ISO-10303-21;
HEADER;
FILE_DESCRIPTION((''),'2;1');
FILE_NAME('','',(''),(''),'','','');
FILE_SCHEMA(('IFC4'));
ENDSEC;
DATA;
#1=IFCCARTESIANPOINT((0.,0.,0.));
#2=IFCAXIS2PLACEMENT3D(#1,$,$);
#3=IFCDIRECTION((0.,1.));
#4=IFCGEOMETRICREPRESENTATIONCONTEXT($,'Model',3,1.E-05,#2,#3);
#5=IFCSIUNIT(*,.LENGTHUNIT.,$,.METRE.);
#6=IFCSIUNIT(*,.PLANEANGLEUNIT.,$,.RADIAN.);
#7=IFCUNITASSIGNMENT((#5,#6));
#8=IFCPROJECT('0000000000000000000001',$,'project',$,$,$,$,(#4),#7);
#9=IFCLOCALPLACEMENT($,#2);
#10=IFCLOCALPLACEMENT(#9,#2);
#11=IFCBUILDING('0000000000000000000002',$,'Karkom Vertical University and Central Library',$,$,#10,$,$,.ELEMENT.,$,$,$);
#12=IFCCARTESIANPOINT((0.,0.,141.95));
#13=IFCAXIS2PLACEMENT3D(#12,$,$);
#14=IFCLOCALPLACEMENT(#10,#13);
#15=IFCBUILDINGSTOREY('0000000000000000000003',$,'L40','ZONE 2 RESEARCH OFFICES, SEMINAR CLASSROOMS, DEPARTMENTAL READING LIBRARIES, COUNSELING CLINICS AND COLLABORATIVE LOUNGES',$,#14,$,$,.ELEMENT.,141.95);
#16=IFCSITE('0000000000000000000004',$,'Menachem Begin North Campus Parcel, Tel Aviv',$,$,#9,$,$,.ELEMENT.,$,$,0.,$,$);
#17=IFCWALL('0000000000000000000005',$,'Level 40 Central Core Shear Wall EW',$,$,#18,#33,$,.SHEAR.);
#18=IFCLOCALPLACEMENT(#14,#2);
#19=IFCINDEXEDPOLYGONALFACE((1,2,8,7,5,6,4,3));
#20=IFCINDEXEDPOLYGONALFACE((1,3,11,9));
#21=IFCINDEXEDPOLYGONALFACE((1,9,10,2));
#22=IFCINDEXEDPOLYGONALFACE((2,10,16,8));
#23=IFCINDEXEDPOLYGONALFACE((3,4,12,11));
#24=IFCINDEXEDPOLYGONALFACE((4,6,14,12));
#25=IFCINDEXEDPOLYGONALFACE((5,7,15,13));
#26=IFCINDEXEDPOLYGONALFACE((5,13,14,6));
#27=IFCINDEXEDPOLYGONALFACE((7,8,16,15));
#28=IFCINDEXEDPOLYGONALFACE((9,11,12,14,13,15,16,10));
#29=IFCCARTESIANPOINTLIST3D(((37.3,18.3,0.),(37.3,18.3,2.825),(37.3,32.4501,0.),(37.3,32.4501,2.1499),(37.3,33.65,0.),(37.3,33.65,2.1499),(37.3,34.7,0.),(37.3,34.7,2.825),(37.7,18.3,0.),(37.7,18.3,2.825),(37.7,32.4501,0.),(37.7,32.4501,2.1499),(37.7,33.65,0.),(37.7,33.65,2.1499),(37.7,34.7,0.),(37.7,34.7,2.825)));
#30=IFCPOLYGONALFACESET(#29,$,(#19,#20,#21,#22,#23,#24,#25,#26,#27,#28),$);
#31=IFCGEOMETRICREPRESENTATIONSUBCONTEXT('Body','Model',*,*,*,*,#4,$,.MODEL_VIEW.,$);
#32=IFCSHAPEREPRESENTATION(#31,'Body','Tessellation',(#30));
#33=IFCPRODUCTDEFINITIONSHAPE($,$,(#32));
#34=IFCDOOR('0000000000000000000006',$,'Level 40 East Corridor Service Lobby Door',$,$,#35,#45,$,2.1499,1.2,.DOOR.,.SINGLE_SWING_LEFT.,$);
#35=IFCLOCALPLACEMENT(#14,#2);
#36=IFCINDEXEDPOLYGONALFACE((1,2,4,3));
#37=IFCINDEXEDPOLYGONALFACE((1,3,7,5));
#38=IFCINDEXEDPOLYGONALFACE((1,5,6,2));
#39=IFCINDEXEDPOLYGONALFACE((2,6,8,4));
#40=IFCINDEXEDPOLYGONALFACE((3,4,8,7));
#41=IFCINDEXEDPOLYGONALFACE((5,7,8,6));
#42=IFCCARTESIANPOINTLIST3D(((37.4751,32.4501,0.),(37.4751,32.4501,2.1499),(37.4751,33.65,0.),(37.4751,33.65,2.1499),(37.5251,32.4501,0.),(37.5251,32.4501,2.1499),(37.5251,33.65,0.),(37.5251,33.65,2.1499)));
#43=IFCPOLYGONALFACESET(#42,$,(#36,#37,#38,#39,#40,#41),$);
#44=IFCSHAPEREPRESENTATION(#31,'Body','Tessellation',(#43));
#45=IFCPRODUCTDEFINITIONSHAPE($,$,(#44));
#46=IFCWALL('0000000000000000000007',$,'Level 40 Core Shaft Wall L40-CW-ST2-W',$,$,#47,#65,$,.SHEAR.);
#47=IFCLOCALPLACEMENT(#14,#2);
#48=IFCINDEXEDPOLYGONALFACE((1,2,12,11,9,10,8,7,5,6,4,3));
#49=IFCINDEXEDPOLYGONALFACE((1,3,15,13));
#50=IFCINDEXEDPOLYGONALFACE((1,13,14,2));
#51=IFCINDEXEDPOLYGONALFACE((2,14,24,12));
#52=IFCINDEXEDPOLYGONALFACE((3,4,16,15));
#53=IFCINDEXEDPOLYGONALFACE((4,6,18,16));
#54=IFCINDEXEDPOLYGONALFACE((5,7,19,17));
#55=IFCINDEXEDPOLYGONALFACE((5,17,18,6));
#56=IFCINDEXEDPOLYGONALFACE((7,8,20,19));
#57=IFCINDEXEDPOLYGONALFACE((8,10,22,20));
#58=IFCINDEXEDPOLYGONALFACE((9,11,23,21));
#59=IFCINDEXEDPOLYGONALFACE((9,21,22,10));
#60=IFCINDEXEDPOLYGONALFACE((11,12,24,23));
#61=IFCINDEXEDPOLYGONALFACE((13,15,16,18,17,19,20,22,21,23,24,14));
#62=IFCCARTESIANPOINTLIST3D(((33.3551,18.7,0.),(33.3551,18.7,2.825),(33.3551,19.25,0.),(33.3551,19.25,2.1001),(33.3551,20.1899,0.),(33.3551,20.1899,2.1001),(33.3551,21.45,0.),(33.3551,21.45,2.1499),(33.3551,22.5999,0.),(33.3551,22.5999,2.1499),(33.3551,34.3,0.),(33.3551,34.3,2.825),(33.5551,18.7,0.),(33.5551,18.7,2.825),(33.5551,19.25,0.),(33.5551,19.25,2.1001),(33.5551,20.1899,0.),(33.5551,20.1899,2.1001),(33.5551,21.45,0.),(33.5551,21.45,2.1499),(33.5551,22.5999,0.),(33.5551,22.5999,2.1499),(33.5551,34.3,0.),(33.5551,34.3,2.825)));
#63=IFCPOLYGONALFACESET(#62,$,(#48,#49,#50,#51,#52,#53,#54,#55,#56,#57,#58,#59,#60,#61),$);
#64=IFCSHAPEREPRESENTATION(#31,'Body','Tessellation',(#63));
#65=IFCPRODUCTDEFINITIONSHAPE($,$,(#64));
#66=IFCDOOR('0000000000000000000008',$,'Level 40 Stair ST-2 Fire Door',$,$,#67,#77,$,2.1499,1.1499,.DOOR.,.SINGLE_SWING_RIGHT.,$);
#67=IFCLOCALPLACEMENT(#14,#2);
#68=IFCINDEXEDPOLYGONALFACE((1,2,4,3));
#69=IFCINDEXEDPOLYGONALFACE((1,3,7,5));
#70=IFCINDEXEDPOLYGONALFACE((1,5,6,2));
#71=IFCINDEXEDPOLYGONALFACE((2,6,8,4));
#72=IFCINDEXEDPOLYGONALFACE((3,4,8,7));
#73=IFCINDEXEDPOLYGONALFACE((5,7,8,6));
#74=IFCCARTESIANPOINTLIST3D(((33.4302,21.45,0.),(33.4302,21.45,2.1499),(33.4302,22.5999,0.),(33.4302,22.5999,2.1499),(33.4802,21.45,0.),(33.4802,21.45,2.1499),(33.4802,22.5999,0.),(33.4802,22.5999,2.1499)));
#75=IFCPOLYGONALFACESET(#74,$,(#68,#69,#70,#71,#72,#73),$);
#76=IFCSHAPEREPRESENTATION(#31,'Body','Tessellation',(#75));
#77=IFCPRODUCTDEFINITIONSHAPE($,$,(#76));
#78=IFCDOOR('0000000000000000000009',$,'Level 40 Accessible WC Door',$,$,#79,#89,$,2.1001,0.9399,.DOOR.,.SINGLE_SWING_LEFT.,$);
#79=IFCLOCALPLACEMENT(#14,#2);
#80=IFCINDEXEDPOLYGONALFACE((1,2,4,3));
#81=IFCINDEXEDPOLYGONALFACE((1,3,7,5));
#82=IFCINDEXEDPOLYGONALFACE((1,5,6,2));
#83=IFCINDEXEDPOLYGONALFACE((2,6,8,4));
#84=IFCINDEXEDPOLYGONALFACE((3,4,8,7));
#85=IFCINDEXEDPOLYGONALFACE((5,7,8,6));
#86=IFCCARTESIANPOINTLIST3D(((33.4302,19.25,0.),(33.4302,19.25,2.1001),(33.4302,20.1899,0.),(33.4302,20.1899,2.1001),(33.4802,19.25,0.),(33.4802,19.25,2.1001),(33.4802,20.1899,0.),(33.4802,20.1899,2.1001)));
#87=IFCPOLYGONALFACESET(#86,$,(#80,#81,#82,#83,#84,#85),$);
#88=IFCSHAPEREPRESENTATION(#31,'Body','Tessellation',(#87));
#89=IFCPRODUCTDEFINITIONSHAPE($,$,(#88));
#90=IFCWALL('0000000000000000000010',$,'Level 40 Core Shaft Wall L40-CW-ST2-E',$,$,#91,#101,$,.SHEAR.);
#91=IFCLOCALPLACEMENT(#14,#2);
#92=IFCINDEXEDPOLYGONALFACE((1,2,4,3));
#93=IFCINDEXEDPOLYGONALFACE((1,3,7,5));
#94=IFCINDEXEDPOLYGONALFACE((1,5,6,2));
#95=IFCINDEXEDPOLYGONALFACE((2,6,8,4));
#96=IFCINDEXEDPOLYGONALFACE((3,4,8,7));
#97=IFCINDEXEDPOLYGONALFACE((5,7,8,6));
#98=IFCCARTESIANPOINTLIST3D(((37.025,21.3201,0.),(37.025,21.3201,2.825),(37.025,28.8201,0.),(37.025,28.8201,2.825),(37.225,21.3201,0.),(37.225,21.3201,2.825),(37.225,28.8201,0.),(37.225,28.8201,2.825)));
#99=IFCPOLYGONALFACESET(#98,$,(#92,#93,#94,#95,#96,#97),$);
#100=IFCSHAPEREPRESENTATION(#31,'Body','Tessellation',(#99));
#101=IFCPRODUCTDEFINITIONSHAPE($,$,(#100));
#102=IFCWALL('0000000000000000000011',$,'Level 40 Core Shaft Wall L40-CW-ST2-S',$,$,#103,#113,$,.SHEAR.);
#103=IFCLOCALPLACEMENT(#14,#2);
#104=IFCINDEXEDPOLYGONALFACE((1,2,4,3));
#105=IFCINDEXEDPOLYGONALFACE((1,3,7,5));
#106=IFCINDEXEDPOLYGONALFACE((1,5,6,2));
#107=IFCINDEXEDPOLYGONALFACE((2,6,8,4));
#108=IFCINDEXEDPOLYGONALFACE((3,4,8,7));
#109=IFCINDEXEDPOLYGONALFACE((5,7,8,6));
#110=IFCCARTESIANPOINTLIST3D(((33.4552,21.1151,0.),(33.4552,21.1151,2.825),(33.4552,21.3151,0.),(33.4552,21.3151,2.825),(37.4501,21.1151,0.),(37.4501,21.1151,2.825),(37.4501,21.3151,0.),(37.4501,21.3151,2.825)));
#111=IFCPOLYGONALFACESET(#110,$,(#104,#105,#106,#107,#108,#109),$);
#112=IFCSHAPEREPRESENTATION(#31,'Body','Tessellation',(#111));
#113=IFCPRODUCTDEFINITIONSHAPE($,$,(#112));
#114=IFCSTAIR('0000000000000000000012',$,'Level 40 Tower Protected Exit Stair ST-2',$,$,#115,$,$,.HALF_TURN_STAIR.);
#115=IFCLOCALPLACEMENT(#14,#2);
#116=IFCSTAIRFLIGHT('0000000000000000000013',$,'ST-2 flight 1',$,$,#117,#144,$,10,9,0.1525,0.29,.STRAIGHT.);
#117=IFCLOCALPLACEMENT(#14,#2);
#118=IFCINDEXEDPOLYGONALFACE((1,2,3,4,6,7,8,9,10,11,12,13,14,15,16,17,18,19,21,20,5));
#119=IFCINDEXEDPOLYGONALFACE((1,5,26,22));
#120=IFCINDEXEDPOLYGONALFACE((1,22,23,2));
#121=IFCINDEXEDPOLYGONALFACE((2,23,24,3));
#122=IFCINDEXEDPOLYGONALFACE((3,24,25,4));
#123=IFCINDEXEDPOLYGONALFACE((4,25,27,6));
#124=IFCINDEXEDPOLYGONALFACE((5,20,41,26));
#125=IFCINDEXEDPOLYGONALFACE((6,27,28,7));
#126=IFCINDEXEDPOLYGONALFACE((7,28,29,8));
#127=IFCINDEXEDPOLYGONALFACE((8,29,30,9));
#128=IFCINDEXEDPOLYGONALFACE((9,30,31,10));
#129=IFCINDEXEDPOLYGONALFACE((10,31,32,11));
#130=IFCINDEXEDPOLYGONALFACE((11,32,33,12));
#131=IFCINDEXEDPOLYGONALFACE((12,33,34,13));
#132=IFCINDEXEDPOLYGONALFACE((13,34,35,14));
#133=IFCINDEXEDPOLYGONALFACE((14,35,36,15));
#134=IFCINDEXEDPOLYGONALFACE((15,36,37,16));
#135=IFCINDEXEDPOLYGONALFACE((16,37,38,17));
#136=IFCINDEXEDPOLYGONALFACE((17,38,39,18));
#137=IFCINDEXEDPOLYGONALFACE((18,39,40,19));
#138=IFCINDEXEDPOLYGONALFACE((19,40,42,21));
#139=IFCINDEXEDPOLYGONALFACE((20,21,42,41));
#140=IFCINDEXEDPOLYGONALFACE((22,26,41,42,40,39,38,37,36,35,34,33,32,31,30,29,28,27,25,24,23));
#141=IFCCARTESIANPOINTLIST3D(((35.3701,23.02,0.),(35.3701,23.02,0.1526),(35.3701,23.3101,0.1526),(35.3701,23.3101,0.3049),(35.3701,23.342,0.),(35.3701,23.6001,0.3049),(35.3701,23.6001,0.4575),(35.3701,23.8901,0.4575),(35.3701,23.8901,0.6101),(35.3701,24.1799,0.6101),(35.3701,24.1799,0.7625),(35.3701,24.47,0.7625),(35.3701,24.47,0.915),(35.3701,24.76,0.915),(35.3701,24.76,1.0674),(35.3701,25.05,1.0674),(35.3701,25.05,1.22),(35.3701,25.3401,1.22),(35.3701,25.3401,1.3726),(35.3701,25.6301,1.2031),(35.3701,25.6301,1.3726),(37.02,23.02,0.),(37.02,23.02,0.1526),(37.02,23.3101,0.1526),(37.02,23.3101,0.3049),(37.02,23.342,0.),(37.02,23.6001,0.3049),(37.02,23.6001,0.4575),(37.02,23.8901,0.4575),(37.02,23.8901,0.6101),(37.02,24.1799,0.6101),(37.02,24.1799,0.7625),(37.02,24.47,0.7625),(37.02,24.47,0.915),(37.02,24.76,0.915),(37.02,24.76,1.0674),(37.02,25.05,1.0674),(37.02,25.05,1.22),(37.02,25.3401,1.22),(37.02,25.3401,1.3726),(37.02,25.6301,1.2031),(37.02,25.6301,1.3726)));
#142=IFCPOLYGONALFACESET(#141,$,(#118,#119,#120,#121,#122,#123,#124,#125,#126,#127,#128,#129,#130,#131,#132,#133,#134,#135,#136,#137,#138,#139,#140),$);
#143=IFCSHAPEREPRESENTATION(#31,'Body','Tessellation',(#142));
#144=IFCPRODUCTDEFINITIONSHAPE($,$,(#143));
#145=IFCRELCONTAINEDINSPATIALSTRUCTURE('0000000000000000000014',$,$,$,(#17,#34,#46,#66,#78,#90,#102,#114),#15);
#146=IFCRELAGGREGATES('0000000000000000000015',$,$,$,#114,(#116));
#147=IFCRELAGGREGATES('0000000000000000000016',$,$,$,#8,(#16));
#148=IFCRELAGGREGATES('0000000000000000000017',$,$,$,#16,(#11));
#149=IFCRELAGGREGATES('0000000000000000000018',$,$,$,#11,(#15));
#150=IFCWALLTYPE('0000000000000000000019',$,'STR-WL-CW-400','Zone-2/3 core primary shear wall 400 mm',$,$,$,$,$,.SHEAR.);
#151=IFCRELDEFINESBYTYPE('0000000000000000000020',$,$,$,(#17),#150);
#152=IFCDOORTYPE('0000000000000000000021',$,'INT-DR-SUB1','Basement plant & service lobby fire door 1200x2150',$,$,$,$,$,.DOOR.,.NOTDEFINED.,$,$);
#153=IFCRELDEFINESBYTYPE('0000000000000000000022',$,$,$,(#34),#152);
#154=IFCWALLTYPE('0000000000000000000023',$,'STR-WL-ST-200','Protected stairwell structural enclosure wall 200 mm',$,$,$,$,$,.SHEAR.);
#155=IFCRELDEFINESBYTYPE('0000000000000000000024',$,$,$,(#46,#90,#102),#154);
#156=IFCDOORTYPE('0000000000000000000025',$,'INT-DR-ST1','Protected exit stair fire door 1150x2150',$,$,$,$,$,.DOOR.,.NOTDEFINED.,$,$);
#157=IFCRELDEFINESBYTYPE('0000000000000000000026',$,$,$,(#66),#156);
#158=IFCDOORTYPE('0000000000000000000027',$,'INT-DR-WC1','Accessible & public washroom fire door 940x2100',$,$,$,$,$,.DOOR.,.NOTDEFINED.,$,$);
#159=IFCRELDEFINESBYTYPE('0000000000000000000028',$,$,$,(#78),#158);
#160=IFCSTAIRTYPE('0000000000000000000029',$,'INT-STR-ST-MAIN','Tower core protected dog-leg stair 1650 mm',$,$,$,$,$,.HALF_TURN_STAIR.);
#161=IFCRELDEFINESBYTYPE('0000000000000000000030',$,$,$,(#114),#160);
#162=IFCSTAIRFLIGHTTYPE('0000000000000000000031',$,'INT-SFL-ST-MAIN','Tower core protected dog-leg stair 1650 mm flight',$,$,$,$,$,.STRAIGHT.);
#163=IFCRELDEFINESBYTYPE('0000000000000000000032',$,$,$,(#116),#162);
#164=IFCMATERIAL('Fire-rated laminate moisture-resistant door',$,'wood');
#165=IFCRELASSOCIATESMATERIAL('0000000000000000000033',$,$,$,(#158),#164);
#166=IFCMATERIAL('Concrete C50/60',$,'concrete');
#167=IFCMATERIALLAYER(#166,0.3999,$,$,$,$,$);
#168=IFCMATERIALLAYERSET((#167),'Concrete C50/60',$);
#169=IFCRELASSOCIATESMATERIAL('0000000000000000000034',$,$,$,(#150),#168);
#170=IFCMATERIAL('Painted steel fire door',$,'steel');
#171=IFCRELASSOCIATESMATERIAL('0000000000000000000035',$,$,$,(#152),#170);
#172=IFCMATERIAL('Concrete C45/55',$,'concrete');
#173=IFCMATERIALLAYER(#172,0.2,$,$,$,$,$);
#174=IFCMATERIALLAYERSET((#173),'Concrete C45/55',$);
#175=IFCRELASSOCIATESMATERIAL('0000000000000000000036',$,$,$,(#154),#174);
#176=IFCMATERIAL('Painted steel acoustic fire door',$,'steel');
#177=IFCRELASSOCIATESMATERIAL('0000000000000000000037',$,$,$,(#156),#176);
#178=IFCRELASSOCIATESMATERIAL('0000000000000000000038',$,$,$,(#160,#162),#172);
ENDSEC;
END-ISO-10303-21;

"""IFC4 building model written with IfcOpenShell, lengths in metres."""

from ifc_helpers import new_model, si_unit, direction, frame, frame_2d, origin, origin_with_axes, place, context, subcontext, project, spatial, polyline, rectangle, outline, extrude, source, transform, mapped, material, layer, layer_set, type_object, element, fill, aggregate, save


model = new_model("IFC4")

# Units and contexts
model_context = context("Model", 3, precision=1e-05, world=origin(), true_north=direction((0.0, 1.0)))
body_context = subcontext(model_context, "Body", "Model", "MODEL_VIEW")
ifc_project = project(units=[si_unit("LENGTHUNIT", "METRE"), si_unit("PLANEANGLEUNIT", "RADIAN")], contexts=[model_context])

# Site, building, storey
site_placement = place(None, origin())
site = spatial("IfcSite", under=ifc_project, at=site_placement, Name="Menachem Begin North Campus Parcel, Tel Aviv", CompositionType="ELEMENT", RefElevation=0.0)
building_placement = place(site_placement, origin())
building = spatial("IfcBuilding", under=site, at=building_placement, Name="Karkom Vertical University and Central Library", CompositionType="ELEMENT")
storey_placement = place(building_placement, frame((0.0, 0.0, 141.95)))
storey = spatial("IfcBuildingStorey", under=building, at=storey_placement, Name="L40", Description="ZONE 2 RESEARCH OFFICES, SEMINAR CLASSROOMS, DEPARTMENTAL READING LIBRARIES, COUNSELING CLINICS AND COLLABORATIVE LOUNGES", CompositionType="ELEMENT", Elevation=141.95)

# Shared definitions
ifc_material_1 = material(Name="Concrete C50/60", Category="concrete")

# Shared definitions
ifc_material_2 = material(Name="Fire-rated laminate moisture-resistant door", Category="wood")
door_type_1 = type_object("IfcDoorType", Name="INT-DR-WC1", Description="Accessible & public washroom fire door 940x2100", OperationType="NOTDEFINED", PredefinedType="DOOR", material=ifc_material_2)
shared_shape_1 = source(origin_with_axes(), body_context, "Body", "SweptSolid", [
    extrude(rectangle(XDim=0.9399, YDim=2.1001, at=frame_2d((0.47, 1.05))), frame((0.0, 0.0249, 0.0), z_axis=(0.0, -1.0, 0.0), x_axis=(1.0, 0.0, 0.0)), (0.0, 0.0, 1.0), 0.05),
])

# Wall, opening, door
ifc_layer_1 = layer(ifc_material_1, 0.3999)
ifc_layer_set_1 = layer_set([ifc_layer_1], Name="Concrete C50/60")
wall_type_1 = type_object("IfcWallType", Name="STR-WL-CW-400", Description="Zone-2/3 core primary shear wall 400 mm", PredefinedType="SHEAR", material=ifc_layer_set_1)
wall_1_placement = place(storey_placement, frame((37.5, 18.3, 0.0), z_axis=(0.0, 0.0, 1.0), x_axis=(0.0, 1.0, 0.0)))
wall_1 = element("IfcWall", 1, at=wall_1_placement, inside=storey, type_object=wall_type_1, Name="Level 40 Central Core Shear Wall EW", PredefinedType="SHEAR", context=body_context, shape_type="SweptSolid", body=[
    extrude(rectangle(XDim=16.3999, YDim=0.3999, at=frame_2d((8.2, 0.0))), origin(), (0.0, 0.0, 1.0), 2.825),
])
opening_1_placement = place(wall_1_placement, frame((14.1499, 0.0, 0.0)))
opening_1 = element("IfcOpeningElement", 2, at=opening_1_placement, cuts=wall_1, PredefinedType="OPENING", context=body_context, shape_type="SweptSolid", body=[
    extrude(rectangle(XDim=1.2, YDim=2.1499, at=frame_2d((0.6001, 1.075))), frame((0.0, 0.21, 0.0), z_axis=(0.0, -1.0, 0.0), x_axis=(1.0, 0.0, 0.0)), (0.0, 0.0, 1.0), 0.4199),
])
ifc_material_3 = material(Name="Painted steel fire door", Category="steel")
door_type_2 = type_object("IfcDoorType", Name="INT-DR-SUB1", Description="Basement plant & service lobby fire door 1200x2150", OperationType="NOTDEFINED", PredefinedType="DOOR", material=ifc_material_3)
shared_shape_2 = source(origin_with_axes(), body_context, "Body", "SweptSolid", [
    extrude(rectangle(XDim=1.2, YDim=2.1499, at=frame_2d((0.6001, 1.075))), frame((0.0, 0.0249, 0.0), z_axis=(0.0, -1.0, 0.0), x_axis=(1.0, 0.0, 0.0)), (0.0, 0.0, 1.0), 0.05),
])
door_1_placement = place(opening_1_placement, origin())
door_1 = element("IfcDoor", 3, at=door_1_placement, inside=storey, type_object=door_type_2, Name="Level 40 East Corridor Service Lobby Door", OperationType="SINGLE_SWING_LEFT", OverallHeight=2.1499, OverallWidth=1.2, PredefinedType="DOOR", context=body_context, shape_type="MappedRepresentation", body=[
    mapped(shared_shape_2, transform((0.0, 0.0, 0.0), scale=1.0)),
])
fill(opening_1, door_1)

# Wall, openings, doors
ifc_material_4 = material(Name="Concrete C45/55", Category="concrete")
ifc_layer_2 = layer(ifc_material_4, 0.2)
ifc_layer_set_2 = layer_set([ifc_layer_2], Name="Concrete C45/55")
wall_type_2 = type_object("IfcWallType", Name="STR-WL-ST-200", Description="Protected stairwell structural enclosure wall 200 mm", PredefinedType="SHEAR", material=ifc_layer_set_2)
wall_2_placement = place(storey_placement, frame((33.4551, 18.7, 0.0), z_axis=(0.0, 0.0, 1.0), x_axis=(0.0, 1.0, 0.0)))
wall_2 = element("IfcWall", 4, at=wall_2_placement, inside=storey, type_object=wall_type_2, Name="Level 40 Core Shaft Wall L40-CW-ST2-W", PredefinedType="SHEAR", context=body_context, shape_type="SweptSolid", body=[
    extrude(rectangle(XDim=15.6001, YDim=0.2, at=frame_2d((7.8, 0.0))), origin(), (0.0, 0.0, 1.0), 2.825),
])
opening_2_placement = place(wall_2_placement, frame((2.75, 0.0, 0.0)))
opening_2 = element("IfcOpeningElement", 5, at=opening_2_placement, cuts=wall_2, PredefinedType="OPENING", context=body_context, shape_type="SweptSolid", body=[
    extrude(rectangle(XDim=1.1499, YDim=2.1499, at=frame_2d((0.575, 1.075))), frame((0.0, 0.1099, 0.0), z_axis=(0.0, -1.0, 0.0), x_axis=(1.0, 0.0, 0.0)), (0.0, 0.0, 1.0), 0.22),
])
opening_3_placement = place(wall_2_placement, frame((0.55, 0.0, 0.0)))
opening_3 = element("IfcOpeningElement", 6, at=opening_3_placement, cuts=wall_2, PredefinedType="OPENING", context=body_context, shape_type="SweptSolid", body=[
    extrude(rectangle(XDim=0.9399, YDim=2.1001, at=frame_2d((0.47, 1.05))), frame((0.0, 0.1099, 0.0), z_axis=(0.0, -1.0, 0.0), x_axis=(1.0, 0.0, 0.0)), (0.0, 0.0, 1.0), 0.22),
])
ifc_material_5 = material(Name="Painted steel acoustic fire door", Category="steel")
door_type_3 = type_object("IfcDoorType", Name="INT-DR-ST1", Description="Protected exit stair fire door 1150x2150", OperationType="NOTDEFINED", PredefinedType="DOOR", material=ifc_material_5)
shared_shape_3 = source(origin_with_axes(), body_context, "Body", "SweptSolid", [
    extrude(rectangle(XDim=1.1499, YDim=2.1499, at=frame_2d((0.575, 1.075))), frame((0.0, 0.0249, 0.0), z_axis=(0.0, -1.0, 0.0), x_axis=(1.0, 0.0, 0.0)), (0.0, 0.0, 1.0), 0.05),
])
door_2_placement = place(opening_2_placement, origin())
door_2 = element("IfcDoor", 7, at=door_2_placement, inside=storey, type_object=door_type_3, Name="Level 40 Stair ST-2 Fire Door", OperationType="SINGLE_SWING_RIGHT", OverallHeight=2.1499, OverallWidth=1.1499, PredefinedType="DOOR", context=body_context, shape_type="MappedRepresentation", body=[
    mapped(shared_shape_3, transform((0.0, 0.0, 0.0), scale=1.0)),
])
fill(opening_2, door_2)
door_3_placement = place(opening_3_placement, origin())
door_3 = element("IfcDoor", 8, at=door_3_placement, inside=storey, type_object=door_type_1, Name="Level 40 Accessible WC Door", OperationType="SINGLE_SWING_LEFT", OverallHeight=2.1001, OverallWidth=0.9399, PredefinedType="DOOR", context=body_context, shape_type="MappedRepresentation", body=[
    mapped(shared_shape_1, transform((0.0, 0.0, 0.0), scale=1.0)),
])
fill(opening_3, door_3)

# Walls
wall_3_placement = place(storey_placement, frame((37.125, 21.3201, 0.0), z_axis=(0.0, 0.0, 1.0), x_axis=(0.0, 1.0, 0.0)))
element("IfcWall", 9, at=wall_3_placement, inside=storey, type_object=wall_type_2, Name="Level 40 Core Shaft Wall L40-CW-ST2-E", PredefinedType="SHEAR", context=body_context, shape_type="SweptSolid", body=[
    extrude(rectangle(XDim=7.5, YDim=0.2, at=frame_2d((3.75, 0.0))), origin(), (0.0, 0.0, 1.0), 2.825),
])
wall_4_placement = place(storey_placement, frame((33.4551, 21.2151, 0.0), z_axis=(0.0, 0.0, 1.0), x_axis=(1.0, 0.0, 0.0)))
element("IfcWall", 10, at=wall_4_placement, inside=storey, type_object=wall_type_2, Name="Level 40 Core Shaft Wall L40-CW-ST2-S", PredefinedType="SHEAR", context=body_context, shape_type="SweptSolid", body=[
    extrude(rectangle(XDim=3.9949, YDim=0.2, at=frame_2d((1.9976, 0.0))), origin(), (0.0, 0.0, 1.0), 2.825),
])

# Stair, stair flight
stair_type = type_object("IfcStairType", Name="INT-STR-ST-MAIN", Description="Tower core protected dog-leg stair 1650 mm", PredefinedType="HALF_TURN_STAIR", material=ifc_material_4)
stair_placement = place(storey_placement, origin())
stair = element("IfcStair", 11, at=stair_placement, inside=storey, type_object=stair_type, Name="Level 40 Tower Protected Exit Stair ST-2", PredefinedType="HALF_TURN_STAIR")
stair_flight_type = type_object("IfcStairFlightType", Name="INT-SFL-ST-MAIN", Description="Tower core protected dog-leg stair 1650 mm flight", PredefinedType="STRAIGHT", material=ifc_material_4)
stair_flight_placement = place(storey_placement, frame((36.1951, 23.02, 0.0), z_axis=(0.0, 0.0, 1.0), x_axis=(0.0, 1.0, 0.0)))
stair_flight = element("IfcStairFlight", 12, at=stair_flight_placement, type_object=stair_flight_type, Name="ST-2 flight 1", NumberOfRisers=10, NumberOfTreads=9, PredefinedType="STRAIGHT", RiserHeight=0.1525, TreadLength=0.29, context=body_context, shape_type="SweptSolid", body=[
    extrude(outline(polyline([(0.0, 0.0), (0.0, 0.1526), (0.29, 0.1526), (0.29, 0.3049), (0.5801, 0.3049), (0.5801, 0.4575), (0.8701, 0.4575), (0.8701, 0.6101), (1.1599, 0.6101), (1.1599, 0.7625), (1.45, 0.7625), (1.45, 0.915), (1.74, 0.915), (1.74, 1.0674), (2.03, 1.0674), (2.03, 1.22), (2.3201, 1.22), (2.3201, 1.3726), (2.6101, 1.3726), (2.6101, 1.5249), (2.6101, 1.2031), (0.322, 0.0), (0.0, 0.0)])), frame((0.0, 0.825, 0.0), z_axis=(0.0, -1.0, 0.0), x_axis=(1.0, 0.0, 0.0)), (0.0, 0.0, 1.0), 1.6499),
])
aggregate(stair, [stair_flight])

save(model, "model.ifc")
